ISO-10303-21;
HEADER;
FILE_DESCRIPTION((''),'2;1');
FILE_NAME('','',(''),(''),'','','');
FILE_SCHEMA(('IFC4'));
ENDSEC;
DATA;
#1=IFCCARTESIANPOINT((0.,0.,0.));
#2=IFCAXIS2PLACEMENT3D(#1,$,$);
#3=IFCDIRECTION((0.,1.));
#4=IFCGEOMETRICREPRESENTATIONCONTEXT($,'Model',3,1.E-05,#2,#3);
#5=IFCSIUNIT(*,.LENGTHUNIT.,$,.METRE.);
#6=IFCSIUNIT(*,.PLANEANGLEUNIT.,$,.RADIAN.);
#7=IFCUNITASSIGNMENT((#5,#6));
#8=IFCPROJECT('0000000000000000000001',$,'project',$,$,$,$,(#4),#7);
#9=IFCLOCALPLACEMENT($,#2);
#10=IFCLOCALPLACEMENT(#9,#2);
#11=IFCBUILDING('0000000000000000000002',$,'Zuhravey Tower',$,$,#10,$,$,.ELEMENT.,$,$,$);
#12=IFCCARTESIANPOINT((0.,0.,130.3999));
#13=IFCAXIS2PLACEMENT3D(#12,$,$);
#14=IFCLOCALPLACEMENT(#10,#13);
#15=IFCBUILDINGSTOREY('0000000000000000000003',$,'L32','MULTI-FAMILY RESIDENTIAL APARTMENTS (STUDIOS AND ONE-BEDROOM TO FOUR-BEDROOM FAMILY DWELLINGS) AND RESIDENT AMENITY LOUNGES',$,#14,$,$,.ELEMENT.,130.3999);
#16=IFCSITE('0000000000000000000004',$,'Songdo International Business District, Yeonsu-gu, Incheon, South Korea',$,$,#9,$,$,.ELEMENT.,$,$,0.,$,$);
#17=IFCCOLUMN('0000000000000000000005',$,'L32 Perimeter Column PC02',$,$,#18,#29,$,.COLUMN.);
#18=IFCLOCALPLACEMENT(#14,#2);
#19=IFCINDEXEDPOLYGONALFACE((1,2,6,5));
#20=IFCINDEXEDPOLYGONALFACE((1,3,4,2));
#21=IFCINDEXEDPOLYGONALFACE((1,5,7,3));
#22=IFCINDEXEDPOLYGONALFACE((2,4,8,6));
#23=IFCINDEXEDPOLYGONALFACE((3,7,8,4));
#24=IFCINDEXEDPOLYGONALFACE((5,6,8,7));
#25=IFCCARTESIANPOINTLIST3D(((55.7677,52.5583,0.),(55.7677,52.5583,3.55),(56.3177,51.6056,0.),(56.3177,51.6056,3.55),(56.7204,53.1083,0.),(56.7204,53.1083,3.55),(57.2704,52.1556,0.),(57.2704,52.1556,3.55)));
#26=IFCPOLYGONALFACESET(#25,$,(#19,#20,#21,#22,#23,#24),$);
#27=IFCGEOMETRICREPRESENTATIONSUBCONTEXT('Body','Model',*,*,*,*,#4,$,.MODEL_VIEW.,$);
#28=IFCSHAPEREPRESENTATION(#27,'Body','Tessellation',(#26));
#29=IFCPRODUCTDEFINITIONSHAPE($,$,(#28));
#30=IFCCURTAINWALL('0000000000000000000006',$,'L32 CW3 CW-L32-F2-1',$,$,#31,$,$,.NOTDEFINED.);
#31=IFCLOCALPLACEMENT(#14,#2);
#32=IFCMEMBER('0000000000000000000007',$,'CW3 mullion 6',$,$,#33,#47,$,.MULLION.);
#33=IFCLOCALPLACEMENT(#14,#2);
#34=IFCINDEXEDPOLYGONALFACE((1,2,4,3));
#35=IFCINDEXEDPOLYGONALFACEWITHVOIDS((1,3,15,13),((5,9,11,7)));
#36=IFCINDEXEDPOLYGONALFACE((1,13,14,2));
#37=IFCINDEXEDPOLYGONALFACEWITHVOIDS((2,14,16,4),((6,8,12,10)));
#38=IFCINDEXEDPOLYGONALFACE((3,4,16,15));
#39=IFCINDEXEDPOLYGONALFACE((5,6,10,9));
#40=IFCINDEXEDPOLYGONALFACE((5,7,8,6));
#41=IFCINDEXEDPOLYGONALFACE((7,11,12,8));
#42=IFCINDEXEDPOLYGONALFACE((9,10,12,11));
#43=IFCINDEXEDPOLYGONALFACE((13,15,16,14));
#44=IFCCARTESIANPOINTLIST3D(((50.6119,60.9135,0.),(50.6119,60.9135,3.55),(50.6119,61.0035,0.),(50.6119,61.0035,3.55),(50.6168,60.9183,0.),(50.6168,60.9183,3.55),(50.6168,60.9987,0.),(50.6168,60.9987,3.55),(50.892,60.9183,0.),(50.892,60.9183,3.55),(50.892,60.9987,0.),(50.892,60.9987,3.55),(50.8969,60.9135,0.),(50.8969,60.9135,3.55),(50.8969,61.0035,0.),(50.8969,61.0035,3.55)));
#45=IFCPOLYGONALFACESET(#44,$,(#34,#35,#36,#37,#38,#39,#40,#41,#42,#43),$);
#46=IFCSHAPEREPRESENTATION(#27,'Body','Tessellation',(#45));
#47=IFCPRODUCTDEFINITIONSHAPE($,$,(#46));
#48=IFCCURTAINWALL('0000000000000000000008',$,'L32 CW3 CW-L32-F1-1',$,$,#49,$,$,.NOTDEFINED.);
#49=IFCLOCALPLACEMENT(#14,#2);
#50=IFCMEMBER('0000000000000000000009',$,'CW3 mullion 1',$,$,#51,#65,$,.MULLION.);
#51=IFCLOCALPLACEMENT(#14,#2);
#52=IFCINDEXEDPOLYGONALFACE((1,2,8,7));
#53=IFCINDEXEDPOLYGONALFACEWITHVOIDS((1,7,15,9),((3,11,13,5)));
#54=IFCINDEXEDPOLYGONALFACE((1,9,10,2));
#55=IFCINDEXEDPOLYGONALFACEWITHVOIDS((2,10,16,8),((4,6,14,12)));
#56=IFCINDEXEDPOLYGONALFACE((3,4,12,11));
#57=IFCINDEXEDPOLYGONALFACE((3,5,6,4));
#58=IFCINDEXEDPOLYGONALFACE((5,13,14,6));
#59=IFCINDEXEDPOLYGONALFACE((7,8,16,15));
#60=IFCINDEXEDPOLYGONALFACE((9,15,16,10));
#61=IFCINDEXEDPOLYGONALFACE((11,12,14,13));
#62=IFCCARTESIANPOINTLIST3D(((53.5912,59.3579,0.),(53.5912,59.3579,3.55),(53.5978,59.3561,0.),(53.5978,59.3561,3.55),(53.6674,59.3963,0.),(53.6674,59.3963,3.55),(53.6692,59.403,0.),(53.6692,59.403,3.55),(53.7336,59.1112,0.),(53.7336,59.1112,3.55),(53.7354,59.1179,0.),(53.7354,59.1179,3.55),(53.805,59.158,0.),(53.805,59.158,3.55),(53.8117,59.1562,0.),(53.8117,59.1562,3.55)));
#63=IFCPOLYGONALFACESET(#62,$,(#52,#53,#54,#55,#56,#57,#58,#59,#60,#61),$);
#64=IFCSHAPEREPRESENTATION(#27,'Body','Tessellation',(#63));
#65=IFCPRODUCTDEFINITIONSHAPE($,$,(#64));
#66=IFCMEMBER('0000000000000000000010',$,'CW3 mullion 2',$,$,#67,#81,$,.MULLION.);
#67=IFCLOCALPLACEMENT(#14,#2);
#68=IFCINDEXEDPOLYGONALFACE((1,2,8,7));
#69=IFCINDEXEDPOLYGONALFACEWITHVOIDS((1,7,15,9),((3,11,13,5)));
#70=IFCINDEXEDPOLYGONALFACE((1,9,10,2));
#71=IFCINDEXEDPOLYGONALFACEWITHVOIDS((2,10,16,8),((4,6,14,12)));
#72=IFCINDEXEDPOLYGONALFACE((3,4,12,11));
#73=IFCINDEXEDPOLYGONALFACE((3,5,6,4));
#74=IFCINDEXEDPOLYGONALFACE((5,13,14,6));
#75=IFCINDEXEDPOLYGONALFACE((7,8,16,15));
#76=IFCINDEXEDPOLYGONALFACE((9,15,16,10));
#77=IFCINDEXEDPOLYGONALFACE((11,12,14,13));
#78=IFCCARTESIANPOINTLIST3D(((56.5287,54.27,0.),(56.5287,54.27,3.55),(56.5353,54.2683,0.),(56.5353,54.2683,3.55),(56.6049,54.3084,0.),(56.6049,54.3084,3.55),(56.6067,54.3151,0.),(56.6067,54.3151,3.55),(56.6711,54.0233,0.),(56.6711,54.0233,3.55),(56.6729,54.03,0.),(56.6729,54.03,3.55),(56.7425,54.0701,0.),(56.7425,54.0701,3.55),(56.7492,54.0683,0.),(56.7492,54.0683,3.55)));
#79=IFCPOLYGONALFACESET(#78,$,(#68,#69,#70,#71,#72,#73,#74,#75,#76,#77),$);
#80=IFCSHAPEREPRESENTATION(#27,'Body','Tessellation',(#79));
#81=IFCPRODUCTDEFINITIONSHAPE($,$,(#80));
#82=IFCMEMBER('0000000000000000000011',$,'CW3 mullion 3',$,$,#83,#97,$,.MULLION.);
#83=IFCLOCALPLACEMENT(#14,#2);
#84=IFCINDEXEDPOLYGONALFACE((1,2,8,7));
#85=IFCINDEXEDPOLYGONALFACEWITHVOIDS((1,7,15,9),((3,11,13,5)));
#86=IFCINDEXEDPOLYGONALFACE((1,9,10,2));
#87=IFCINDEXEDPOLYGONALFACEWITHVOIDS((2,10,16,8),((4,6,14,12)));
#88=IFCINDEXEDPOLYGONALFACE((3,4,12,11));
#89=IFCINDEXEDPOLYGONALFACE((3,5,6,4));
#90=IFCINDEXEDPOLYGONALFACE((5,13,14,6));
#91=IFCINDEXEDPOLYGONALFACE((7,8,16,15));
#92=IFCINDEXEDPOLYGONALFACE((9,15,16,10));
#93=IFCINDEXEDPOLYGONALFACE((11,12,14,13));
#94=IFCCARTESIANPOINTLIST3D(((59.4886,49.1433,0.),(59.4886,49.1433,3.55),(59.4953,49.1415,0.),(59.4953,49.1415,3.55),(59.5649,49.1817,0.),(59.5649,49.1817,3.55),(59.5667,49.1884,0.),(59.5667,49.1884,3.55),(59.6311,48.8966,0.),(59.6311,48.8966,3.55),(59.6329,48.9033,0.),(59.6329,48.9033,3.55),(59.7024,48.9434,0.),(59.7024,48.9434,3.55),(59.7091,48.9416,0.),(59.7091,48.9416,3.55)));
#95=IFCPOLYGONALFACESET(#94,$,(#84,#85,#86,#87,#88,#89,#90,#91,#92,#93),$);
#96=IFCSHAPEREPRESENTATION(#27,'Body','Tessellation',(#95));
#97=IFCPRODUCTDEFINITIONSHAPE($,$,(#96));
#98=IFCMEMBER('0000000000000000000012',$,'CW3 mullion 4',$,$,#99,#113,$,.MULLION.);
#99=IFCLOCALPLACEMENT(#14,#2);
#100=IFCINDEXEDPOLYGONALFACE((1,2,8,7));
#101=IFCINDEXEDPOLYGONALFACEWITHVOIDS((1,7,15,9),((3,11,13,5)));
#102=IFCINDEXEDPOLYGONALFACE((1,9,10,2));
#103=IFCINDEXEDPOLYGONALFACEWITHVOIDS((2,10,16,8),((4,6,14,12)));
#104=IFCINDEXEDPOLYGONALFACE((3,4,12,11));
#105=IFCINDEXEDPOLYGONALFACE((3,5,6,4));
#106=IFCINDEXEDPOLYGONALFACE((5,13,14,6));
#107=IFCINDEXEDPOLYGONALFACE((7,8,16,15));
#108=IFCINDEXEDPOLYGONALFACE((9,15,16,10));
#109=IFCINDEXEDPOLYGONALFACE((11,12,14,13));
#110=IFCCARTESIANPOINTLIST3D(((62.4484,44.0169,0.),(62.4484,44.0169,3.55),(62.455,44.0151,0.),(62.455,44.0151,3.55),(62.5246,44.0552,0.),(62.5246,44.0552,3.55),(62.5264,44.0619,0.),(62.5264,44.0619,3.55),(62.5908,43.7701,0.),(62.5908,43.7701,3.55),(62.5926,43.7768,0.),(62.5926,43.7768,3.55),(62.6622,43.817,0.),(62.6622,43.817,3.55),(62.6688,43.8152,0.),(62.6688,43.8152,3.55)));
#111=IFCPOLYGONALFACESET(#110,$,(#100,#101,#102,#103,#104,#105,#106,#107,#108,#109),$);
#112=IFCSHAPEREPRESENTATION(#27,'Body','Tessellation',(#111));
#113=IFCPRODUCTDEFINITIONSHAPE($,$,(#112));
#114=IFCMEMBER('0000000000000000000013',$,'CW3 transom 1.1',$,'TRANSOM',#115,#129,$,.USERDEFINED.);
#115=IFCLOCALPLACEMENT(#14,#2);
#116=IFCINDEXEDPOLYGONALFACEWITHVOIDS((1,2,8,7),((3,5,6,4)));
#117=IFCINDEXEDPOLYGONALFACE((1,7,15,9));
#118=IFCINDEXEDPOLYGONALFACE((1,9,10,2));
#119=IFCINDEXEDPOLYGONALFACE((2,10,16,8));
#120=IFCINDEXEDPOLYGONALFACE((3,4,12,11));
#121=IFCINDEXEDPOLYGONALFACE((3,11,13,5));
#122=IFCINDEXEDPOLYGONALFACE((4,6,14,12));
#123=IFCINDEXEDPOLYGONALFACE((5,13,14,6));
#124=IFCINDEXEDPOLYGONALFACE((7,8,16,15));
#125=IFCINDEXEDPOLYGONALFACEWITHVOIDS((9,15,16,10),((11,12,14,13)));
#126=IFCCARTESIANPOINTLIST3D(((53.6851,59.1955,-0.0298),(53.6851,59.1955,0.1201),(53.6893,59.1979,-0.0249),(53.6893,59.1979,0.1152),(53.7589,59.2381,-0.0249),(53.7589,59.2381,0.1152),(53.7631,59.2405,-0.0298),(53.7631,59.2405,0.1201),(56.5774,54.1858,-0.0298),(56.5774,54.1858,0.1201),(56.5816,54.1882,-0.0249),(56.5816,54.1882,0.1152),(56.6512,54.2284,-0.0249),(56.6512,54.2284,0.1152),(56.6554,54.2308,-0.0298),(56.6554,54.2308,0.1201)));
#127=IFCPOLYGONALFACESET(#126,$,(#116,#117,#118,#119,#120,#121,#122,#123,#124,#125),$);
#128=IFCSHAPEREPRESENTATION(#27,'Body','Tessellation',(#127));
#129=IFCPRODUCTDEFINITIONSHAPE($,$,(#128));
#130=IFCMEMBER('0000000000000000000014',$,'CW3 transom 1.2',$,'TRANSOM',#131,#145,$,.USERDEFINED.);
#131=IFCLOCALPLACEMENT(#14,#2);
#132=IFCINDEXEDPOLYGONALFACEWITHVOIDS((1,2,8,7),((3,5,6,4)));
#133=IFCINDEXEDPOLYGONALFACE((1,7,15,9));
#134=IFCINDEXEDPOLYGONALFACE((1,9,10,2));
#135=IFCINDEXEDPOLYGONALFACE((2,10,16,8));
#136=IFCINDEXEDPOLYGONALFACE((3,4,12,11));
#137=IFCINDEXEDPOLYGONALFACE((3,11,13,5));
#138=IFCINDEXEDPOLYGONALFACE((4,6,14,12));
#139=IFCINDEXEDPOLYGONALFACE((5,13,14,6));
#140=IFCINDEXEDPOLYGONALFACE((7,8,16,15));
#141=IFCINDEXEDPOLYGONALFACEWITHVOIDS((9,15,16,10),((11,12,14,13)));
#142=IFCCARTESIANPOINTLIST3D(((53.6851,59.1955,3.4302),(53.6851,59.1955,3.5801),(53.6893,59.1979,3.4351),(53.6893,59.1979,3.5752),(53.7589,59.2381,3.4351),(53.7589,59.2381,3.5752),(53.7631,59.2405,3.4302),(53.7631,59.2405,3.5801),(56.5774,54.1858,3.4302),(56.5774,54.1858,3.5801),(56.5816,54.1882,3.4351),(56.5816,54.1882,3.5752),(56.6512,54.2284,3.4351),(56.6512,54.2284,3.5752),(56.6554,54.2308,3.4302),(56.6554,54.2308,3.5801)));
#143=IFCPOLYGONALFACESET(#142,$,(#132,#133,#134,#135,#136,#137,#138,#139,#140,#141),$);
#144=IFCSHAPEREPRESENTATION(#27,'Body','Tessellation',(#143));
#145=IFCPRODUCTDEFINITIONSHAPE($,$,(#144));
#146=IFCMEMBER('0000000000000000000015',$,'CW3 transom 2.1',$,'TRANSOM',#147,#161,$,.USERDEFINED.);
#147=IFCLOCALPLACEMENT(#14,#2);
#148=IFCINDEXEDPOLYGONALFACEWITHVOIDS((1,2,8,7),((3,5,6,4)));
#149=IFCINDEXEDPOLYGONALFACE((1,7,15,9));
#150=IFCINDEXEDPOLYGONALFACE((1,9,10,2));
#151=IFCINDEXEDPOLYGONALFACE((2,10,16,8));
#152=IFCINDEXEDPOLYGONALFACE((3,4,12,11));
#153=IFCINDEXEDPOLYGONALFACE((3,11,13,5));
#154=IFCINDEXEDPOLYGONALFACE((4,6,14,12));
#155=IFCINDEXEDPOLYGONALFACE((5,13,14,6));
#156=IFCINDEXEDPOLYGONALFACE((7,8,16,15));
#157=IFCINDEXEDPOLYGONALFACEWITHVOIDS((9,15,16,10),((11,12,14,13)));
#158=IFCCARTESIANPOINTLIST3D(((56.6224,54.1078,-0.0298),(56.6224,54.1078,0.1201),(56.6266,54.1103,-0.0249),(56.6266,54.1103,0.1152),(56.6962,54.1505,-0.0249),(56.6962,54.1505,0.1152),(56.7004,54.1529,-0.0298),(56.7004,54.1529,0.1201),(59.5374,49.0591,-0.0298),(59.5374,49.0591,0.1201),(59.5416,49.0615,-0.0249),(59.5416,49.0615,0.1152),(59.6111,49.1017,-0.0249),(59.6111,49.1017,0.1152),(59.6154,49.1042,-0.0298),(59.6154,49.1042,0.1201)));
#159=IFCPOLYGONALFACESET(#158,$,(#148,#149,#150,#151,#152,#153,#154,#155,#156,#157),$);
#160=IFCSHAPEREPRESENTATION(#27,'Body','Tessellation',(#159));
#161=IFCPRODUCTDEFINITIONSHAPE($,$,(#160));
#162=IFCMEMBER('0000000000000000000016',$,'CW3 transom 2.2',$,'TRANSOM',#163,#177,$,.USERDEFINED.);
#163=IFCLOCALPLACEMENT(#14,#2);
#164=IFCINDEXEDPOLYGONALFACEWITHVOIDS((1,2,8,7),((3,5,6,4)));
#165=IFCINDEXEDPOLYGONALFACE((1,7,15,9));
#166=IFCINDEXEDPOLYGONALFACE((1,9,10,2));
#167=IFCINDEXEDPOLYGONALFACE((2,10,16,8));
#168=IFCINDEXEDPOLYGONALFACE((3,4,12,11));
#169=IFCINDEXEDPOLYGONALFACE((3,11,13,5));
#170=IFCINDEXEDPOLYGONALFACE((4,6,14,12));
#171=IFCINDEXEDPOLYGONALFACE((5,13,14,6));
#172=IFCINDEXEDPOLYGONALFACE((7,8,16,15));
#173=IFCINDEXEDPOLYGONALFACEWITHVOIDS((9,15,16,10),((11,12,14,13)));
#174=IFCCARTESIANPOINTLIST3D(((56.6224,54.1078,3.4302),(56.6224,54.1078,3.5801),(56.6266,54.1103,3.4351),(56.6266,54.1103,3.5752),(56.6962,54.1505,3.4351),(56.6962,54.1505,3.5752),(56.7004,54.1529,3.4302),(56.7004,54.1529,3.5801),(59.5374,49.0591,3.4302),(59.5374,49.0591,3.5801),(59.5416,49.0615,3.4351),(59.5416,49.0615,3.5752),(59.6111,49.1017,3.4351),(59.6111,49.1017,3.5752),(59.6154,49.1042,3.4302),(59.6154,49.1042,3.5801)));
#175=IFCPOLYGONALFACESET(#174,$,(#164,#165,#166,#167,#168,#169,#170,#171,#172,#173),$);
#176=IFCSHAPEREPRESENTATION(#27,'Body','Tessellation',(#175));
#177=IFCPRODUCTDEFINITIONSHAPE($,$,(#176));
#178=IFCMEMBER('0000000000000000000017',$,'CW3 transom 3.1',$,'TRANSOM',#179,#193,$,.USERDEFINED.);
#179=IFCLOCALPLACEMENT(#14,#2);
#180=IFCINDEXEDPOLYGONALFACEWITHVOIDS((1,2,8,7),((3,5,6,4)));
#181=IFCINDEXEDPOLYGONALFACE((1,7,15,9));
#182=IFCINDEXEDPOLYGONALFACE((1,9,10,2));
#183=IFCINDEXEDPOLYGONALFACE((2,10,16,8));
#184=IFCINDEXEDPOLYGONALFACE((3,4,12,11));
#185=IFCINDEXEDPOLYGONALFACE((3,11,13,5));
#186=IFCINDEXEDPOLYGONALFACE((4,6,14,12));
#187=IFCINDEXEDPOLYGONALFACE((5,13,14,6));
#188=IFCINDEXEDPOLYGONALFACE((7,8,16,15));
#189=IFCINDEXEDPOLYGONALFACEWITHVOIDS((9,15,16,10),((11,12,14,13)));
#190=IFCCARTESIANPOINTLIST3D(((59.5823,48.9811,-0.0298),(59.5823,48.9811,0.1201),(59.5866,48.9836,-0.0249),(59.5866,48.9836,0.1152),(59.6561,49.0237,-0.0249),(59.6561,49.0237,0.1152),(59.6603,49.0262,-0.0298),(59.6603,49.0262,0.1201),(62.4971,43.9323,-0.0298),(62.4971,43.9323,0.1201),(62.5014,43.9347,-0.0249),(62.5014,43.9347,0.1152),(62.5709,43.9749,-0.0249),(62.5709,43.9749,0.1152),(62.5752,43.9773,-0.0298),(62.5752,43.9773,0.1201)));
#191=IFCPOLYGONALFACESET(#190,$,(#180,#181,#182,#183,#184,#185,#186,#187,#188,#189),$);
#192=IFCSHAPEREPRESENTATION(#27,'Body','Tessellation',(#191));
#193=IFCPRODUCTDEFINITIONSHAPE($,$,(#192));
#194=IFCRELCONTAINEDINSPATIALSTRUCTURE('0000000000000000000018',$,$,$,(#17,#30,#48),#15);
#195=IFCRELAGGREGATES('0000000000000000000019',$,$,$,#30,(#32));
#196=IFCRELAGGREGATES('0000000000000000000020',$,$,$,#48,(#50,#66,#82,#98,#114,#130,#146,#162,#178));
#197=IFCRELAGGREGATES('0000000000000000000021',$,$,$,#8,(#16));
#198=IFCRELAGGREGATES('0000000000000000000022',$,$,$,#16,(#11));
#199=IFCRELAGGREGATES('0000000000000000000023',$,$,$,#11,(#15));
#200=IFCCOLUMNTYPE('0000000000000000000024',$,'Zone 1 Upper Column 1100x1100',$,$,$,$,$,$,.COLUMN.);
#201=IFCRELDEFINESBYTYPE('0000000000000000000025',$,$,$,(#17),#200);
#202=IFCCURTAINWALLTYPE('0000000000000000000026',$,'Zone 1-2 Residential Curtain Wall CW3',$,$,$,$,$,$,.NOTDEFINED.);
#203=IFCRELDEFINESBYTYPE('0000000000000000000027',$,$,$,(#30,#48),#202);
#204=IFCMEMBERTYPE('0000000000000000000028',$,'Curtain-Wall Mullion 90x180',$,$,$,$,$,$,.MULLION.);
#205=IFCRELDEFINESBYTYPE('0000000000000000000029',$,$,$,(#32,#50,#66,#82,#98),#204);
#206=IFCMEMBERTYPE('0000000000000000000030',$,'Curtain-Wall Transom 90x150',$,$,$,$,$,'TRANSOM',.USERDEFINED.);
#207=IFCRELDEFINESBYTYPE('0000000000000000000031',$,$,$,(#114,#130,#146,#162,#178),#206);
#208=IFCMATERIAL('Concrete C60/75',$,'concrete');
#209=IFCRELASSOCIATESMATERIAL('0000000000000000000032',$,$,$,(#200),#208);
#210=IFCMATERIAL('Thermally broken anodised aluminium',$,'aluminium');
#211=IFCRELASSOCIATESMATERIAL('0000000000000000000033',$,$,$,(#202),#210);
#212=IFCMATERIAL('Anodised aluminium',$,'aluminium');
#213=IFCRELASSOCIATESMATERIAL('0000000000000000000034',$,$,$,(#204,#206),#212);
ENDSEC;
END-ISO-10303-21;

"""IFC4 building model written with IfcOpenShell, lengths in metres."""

from ifc_helpers import new_model, si_unit, direction, frame, origin, origin_2d, place, context, subcontext, project, spatial, rectangle, hollow_rectangle, extrude, material, material_profile, profile_set, type_object, element, aggregate, save


model = new_model("IFC4")

# Units and contexts
model_context = context("Model", 3, precision=1e-05, world=origin(), true_north=direction((0.0, 1.0)))
body_context = subcontext(model_context, "Body", "Model", "MODEL_VIEW")
ifc_project = project(units=[si_unit("LENGTHUNIT", "METRE"), si_unit("PLANEANGLEUNIT", "RADIAN")], contexts=[model_context])

# Site, building, storey
site_placement = place(None, origin())
site = spatial("IfcSite", under=ifc_project, at=site_placement, Name="Songdo International Business District, Yeonsu-gu, Incheon, South Korea", CompositionType="ELEMENT", RefElevation=0.0)
building_placement = place(site_placement, origin())
building = spatial("IfcBuilding", under=site, at=building_placement, Name="Zuhravey Tower", CompositionType="ELEMENT")
storey_placement = place(building_placement, frame((0.0, 0.0, 130.3999)))
storey = spatial("IfcBuildingStorey", under=building, at=storey_placement, Name="L32", Description="MULTI-FAMILY RESIDENTIAL APARTMENTS (STUDIOS AND ONE-BEDROOM TO FOUR-BEDROOM FAMILY DWELLINGS) AND RESIDENT AMENITY LOUNGES", CompositionType="ELEMENT", Elevation=130.3999)

# Column
ifc_material_1 = material(Name="Concrete C60/75", Category="concrete")
ifc_material_profile_1 = material_profile(ifc_material_1, rectangle(XDim=1.1001, YDim=1.1001, at=origin_2d()), Name="RC-1100x1100")
ifc_profile_set_1 = profile_set([ifc_material_profile_1], Name="Concrete C60/75")
column_type = type_object("IfcColumnType", Name="Zone 1 Upper Column 1100x1100", PredefinedType="COLUMN", material=ifc_profile_set_1)
column_placement = place(storey_placement, frame((56.519, 52.3569, 0.0), z_axis=(0.0, 0.0, 1.0), x_axis=(-0.5, 0.866025, 0.0)))
element("IfcColumn", 1, at=column_placement, inside=storey, type_object=column_type, Name="L32 Perimeter Column PC02", PredefinedType="COLUMN", context=body_context, shape_type="SweptSolid", body=[
    extrude(rectangle(XDim=1.1001, YDim=1.1001, at=origin_2d()), origin(), (0.0, 0.0, 1.0), 3.55),
])

# Curtain wall, member
ifc_material_2 = material(Name="Thermally broken anodised aluminium", Category="aluminium")
curtain_wall_type = type_object("IfcCurtainWallType", Name="Zone 1-2 Residential Curtain Wall CW3", PredefinedType="NOTDEFINED", material=ifc_material_2)
curtain_wall_1_placement = place(storey_placement, origin())
curtain_wall_1 = element("IfcCurtainWall", 2, at=curtain_wall_1_placement, inside=storey, type_object=curtain_wall_type, Name="L32 CW3 CW-L32-F2-1", PredefinedType="NOTDEFINED")
ifc_material_3 = material(Name="Anodised aluminium", Category="aluminium")
ifc_material_profile_2 = material_profile(ifc_material_3, hollow_rectangle(XDim=0.0901, YDim=0.2849, WallThickness=0.0049, at=origin_2d()), Name="ALU-RHS-90x285x5")
ifc_profile_set_2 = profile_set([ifc_material_profile_2], Name="Anodised aluminium")
member_type_1 = type_object("IfcMemberType", Name="Curtain-Wall Mullion 90x180", PredefinedType="MULLION", material=ifc_profile_set_2)
member_1_placement = place(storey_placement, frame((50.7544, 60.9585, 0.0), z_axis=(0.0, 0.0, 1.0), x_axis=(0.0, 1.0, 0.0)))
member_1 = element("IfcMember", 3, at=member_1_placement, type_object=member_type_1, Name="CW3 mullion 6", PredefinedType="MULLION", context=body_context, shape_type="SweptSolid", body=[
    extrude(hollow_rectangle(XDim=0.0901, YDim=0.2849, WallThickness=0.0049, at=origin_2d()), origin(), (0.0, 0.0, 1.0), 3.55),
])

# Curtain wall, members
curtain_wall_2_placement = place(storey_placement, origin())
curtain_wall_2 = element("IfcCurtainWall", 4, at=curtain_wall_2_placement, inside=storey, type_object=curtain_wall_type, Name="L32 CW3 CW-L32-F1-1", PredefinedType="NOTDEFINED")
member_2_placement = place(storey_placement, frame((53.7014, 59.2571, 0.0), z_axis=(0.0, 0.0, 1.0), x_axis=(0.866026, 0.5, 0.0)))
member_2 = element("IfcMember", 5, at=member_2_placement, type_object=member_type_1, Name="CW3 mullion 1", PredefinedType="MULLION", context=body_context, shape_type="SweptSolid", body=[
    extrude(hollow_rectangle(XDim=0.0901, YDim=0.2849, WallThickness=0.0049, at=origin_2d()), origin(), (0.0, 0.0, 1.0), 3.55),
])
member_3_placement = place(storey_placement, frame((56.6389, 54.1692, 0.0), z_axis=(0.0, 0.0, 1.0), x_axis=(0.866026, 0.5, 0.0)))
member_3 = element("IfcMember", 6, at=member_3_placement, type_object=member_type_1, Name="CW3 mullion 2", PredefinedType="MULLION", context=body_context, shape_type="SweptSolid", body=[
    extrude(hollow_rectangle(XDim=0.0901, YDim=0.2849, WallThickness=0.0049, at=origin_2d()), origin(), (0.0, 0.0, 1.0), 3.55),
])
member_4_placement = place(storey_placement, frame((59.5989, 49.0425, 0.0), z_axis=(0.0, 0.0, 1.0), x_axis=(0.866026, 0.5, 0.0)))
member_4 = element("IfcMember", 7, at=member_4_placement, type_object=member_type_1, Name="CW3 mullion 3", PredefinedType="MULLION", context=body_context, shape_type="SweptSolid", body=[
    extrude(hollow_rectangle(XDim=0.0901, YDim=0.2849, WallThickness=0.0049, at=origin_2d()), origin(), (0.0, 0.0, 1.0), 3.55),
])
member_5_placement = place(storey_placement, frame((62.5586, 43.916, 0.0), z_axis=(0.0, 0.0, 1.0), x_axis=(0.866026, 0.5, 0.0)))
member_5 = element("IfcMember", 8, at=member_5_placement, type_object=member_type_1, Name="CW3 mullion 4", PredefinedType="MULLION", context=body_context, shape_type="SweptSolid", body=[
    extrude(hollow_rectangle(XDim=0.0901, YDim=0.2849, WallThickness=0.0049, at=origin_2d()), origin(), (0.0, 0.0, 1.0), 3.55),
])
ifc_material_profile_3 = material_profile(ifc_material_3, hollow_rectangle(XDim=0.0901, YDim=0.1499, WallThickness=0.0049, at=origin_2d()), Name="ALU-RHS-90x150x5")
ifc_profile_set_3 = profile_set([ifc_material_profile_3], Name="Anodised aluminium")
member_type_2 = type_object("IfcMemberType", Name="Curtain-Wall Transom 90x150", ElementType="TRANSOM", PredefinedType="USERDEFINED", material=ifc_profile_set_3)
member_6_placement = place(storey_placement, frame((53.7241, 59.218, 0.0452), z_axis=(0.499993, -0.86603, 0.0), x_axis=(0.86603, 0.499993, 0.0)))
member_6 = element("IfcMember", 9, at=member_6_placement, type_object=member_type_2, Name="CW3 transom 1.1", ObjectType="TRANSOM", PredefinedType="USERDEFINED", context=body_context, shape_type="SweptSolid", body=[
    extrude(hollow_rectangle(XDim=0.0901, YDim=0.1499, WallThickness=0.0049, at=origin_2d()), origin(), (0.0, 0.0, 1.0), 5.7847),
])
member_7_placement = place(storey_placement, frame((53.7241, 59.218, 3.5051), z_axis=(0.499993, -0.86603, 0.0), x_axis=(0.86603, 0.499993, 0.0)))
member_7 = element("IfcMember", 10, at=member_7_placement, type_object=member_type_2, Name="CW3 transom 1.2", ObjectType="TRANSOM", PredefinedType="USERDEFINED", context=body_context, shape_type="SweptSolid", body=[
    extrude(hollow_rectangle(XDim=0.0901, YDim=0.1499, WallThickness=0.0049, at=origin_2d()), origin(), (0.0, 0.0, 1.0), 5.7847),
])
member_8_placement = place(storey_placement, frame((56.6614, 54.1304, 0.0452), z_axis=(0.500012, -0.866018, 0.0), x_axis=(0.866018, 0.500012, 0.0)))
member_8 = element("IfcMember", 11, at=member_8_placement, type_object=member_type_2, Name="CW3 transom 2.1", ObjectType="TRANSOM", PredefinedType="USERDEFINED", context=body_context, shape_type="SweptSolid", body=[
    extrude(hollow_rectangle(XDim=0.0901, YDim=0.1499, WallThickness=0.0049, at=origin_2d()), origin(), (0.0, 0.0, 1.0), 5.8298),
])
member_9_placement = place(storey_placement, frame((56.6614, 54.1304, 3.5051), z_axis=(0.500012, -0.866018, 0.0), x_axis=(0.866018, 0.500012, 0.0)))
member_9 = element("IfcMember", 12, at=member_9_placement, type_object=member_type_2, Name="CW3 transom 2.2", ObjectType="TRANSOM", PredefinedType="USERDEFINED", context=body_context, shape_type="SweptSolid", body=[
    extrude(hollow_rectangle(XDim=0.0901, YDim=0.1499, WallThickness=0.0049, at=origin_2d()), origin(), (0.0, 0.0, 1.0), 5.8298),
])
member_10_placement = place(storey_placement, frame((59.6213, 49.0037, 0.0452), z_axis=(0.499981, -0.866036, 0.0), x_axis=(0.866036, 0.499981, 0.0)))
member_10 = element("IfcMember", 13, at=member_10_placement, type_object=member_type_2, Name="CW3 transom 3.1", ObjectType="TRANSOM", PredefinedType="USERDEFINED", context=body_context, shape_type="SweptSolid", body=[
    extrude(hollow_rectangle(XDim=0.0901, YDim=0.1499, WallThickness=0.0049, at=origin_2d()), origin(), (0.0, 0.0, 1.0), 5.8298),
])

aggregate(curtain_wall_1, [member_1])
aggregate(curtain_wall_2, [member_2, member_3, member_4, member_5, member_6, member_7, member_8, member_9, member_10])

save(model, "model.ifc")
